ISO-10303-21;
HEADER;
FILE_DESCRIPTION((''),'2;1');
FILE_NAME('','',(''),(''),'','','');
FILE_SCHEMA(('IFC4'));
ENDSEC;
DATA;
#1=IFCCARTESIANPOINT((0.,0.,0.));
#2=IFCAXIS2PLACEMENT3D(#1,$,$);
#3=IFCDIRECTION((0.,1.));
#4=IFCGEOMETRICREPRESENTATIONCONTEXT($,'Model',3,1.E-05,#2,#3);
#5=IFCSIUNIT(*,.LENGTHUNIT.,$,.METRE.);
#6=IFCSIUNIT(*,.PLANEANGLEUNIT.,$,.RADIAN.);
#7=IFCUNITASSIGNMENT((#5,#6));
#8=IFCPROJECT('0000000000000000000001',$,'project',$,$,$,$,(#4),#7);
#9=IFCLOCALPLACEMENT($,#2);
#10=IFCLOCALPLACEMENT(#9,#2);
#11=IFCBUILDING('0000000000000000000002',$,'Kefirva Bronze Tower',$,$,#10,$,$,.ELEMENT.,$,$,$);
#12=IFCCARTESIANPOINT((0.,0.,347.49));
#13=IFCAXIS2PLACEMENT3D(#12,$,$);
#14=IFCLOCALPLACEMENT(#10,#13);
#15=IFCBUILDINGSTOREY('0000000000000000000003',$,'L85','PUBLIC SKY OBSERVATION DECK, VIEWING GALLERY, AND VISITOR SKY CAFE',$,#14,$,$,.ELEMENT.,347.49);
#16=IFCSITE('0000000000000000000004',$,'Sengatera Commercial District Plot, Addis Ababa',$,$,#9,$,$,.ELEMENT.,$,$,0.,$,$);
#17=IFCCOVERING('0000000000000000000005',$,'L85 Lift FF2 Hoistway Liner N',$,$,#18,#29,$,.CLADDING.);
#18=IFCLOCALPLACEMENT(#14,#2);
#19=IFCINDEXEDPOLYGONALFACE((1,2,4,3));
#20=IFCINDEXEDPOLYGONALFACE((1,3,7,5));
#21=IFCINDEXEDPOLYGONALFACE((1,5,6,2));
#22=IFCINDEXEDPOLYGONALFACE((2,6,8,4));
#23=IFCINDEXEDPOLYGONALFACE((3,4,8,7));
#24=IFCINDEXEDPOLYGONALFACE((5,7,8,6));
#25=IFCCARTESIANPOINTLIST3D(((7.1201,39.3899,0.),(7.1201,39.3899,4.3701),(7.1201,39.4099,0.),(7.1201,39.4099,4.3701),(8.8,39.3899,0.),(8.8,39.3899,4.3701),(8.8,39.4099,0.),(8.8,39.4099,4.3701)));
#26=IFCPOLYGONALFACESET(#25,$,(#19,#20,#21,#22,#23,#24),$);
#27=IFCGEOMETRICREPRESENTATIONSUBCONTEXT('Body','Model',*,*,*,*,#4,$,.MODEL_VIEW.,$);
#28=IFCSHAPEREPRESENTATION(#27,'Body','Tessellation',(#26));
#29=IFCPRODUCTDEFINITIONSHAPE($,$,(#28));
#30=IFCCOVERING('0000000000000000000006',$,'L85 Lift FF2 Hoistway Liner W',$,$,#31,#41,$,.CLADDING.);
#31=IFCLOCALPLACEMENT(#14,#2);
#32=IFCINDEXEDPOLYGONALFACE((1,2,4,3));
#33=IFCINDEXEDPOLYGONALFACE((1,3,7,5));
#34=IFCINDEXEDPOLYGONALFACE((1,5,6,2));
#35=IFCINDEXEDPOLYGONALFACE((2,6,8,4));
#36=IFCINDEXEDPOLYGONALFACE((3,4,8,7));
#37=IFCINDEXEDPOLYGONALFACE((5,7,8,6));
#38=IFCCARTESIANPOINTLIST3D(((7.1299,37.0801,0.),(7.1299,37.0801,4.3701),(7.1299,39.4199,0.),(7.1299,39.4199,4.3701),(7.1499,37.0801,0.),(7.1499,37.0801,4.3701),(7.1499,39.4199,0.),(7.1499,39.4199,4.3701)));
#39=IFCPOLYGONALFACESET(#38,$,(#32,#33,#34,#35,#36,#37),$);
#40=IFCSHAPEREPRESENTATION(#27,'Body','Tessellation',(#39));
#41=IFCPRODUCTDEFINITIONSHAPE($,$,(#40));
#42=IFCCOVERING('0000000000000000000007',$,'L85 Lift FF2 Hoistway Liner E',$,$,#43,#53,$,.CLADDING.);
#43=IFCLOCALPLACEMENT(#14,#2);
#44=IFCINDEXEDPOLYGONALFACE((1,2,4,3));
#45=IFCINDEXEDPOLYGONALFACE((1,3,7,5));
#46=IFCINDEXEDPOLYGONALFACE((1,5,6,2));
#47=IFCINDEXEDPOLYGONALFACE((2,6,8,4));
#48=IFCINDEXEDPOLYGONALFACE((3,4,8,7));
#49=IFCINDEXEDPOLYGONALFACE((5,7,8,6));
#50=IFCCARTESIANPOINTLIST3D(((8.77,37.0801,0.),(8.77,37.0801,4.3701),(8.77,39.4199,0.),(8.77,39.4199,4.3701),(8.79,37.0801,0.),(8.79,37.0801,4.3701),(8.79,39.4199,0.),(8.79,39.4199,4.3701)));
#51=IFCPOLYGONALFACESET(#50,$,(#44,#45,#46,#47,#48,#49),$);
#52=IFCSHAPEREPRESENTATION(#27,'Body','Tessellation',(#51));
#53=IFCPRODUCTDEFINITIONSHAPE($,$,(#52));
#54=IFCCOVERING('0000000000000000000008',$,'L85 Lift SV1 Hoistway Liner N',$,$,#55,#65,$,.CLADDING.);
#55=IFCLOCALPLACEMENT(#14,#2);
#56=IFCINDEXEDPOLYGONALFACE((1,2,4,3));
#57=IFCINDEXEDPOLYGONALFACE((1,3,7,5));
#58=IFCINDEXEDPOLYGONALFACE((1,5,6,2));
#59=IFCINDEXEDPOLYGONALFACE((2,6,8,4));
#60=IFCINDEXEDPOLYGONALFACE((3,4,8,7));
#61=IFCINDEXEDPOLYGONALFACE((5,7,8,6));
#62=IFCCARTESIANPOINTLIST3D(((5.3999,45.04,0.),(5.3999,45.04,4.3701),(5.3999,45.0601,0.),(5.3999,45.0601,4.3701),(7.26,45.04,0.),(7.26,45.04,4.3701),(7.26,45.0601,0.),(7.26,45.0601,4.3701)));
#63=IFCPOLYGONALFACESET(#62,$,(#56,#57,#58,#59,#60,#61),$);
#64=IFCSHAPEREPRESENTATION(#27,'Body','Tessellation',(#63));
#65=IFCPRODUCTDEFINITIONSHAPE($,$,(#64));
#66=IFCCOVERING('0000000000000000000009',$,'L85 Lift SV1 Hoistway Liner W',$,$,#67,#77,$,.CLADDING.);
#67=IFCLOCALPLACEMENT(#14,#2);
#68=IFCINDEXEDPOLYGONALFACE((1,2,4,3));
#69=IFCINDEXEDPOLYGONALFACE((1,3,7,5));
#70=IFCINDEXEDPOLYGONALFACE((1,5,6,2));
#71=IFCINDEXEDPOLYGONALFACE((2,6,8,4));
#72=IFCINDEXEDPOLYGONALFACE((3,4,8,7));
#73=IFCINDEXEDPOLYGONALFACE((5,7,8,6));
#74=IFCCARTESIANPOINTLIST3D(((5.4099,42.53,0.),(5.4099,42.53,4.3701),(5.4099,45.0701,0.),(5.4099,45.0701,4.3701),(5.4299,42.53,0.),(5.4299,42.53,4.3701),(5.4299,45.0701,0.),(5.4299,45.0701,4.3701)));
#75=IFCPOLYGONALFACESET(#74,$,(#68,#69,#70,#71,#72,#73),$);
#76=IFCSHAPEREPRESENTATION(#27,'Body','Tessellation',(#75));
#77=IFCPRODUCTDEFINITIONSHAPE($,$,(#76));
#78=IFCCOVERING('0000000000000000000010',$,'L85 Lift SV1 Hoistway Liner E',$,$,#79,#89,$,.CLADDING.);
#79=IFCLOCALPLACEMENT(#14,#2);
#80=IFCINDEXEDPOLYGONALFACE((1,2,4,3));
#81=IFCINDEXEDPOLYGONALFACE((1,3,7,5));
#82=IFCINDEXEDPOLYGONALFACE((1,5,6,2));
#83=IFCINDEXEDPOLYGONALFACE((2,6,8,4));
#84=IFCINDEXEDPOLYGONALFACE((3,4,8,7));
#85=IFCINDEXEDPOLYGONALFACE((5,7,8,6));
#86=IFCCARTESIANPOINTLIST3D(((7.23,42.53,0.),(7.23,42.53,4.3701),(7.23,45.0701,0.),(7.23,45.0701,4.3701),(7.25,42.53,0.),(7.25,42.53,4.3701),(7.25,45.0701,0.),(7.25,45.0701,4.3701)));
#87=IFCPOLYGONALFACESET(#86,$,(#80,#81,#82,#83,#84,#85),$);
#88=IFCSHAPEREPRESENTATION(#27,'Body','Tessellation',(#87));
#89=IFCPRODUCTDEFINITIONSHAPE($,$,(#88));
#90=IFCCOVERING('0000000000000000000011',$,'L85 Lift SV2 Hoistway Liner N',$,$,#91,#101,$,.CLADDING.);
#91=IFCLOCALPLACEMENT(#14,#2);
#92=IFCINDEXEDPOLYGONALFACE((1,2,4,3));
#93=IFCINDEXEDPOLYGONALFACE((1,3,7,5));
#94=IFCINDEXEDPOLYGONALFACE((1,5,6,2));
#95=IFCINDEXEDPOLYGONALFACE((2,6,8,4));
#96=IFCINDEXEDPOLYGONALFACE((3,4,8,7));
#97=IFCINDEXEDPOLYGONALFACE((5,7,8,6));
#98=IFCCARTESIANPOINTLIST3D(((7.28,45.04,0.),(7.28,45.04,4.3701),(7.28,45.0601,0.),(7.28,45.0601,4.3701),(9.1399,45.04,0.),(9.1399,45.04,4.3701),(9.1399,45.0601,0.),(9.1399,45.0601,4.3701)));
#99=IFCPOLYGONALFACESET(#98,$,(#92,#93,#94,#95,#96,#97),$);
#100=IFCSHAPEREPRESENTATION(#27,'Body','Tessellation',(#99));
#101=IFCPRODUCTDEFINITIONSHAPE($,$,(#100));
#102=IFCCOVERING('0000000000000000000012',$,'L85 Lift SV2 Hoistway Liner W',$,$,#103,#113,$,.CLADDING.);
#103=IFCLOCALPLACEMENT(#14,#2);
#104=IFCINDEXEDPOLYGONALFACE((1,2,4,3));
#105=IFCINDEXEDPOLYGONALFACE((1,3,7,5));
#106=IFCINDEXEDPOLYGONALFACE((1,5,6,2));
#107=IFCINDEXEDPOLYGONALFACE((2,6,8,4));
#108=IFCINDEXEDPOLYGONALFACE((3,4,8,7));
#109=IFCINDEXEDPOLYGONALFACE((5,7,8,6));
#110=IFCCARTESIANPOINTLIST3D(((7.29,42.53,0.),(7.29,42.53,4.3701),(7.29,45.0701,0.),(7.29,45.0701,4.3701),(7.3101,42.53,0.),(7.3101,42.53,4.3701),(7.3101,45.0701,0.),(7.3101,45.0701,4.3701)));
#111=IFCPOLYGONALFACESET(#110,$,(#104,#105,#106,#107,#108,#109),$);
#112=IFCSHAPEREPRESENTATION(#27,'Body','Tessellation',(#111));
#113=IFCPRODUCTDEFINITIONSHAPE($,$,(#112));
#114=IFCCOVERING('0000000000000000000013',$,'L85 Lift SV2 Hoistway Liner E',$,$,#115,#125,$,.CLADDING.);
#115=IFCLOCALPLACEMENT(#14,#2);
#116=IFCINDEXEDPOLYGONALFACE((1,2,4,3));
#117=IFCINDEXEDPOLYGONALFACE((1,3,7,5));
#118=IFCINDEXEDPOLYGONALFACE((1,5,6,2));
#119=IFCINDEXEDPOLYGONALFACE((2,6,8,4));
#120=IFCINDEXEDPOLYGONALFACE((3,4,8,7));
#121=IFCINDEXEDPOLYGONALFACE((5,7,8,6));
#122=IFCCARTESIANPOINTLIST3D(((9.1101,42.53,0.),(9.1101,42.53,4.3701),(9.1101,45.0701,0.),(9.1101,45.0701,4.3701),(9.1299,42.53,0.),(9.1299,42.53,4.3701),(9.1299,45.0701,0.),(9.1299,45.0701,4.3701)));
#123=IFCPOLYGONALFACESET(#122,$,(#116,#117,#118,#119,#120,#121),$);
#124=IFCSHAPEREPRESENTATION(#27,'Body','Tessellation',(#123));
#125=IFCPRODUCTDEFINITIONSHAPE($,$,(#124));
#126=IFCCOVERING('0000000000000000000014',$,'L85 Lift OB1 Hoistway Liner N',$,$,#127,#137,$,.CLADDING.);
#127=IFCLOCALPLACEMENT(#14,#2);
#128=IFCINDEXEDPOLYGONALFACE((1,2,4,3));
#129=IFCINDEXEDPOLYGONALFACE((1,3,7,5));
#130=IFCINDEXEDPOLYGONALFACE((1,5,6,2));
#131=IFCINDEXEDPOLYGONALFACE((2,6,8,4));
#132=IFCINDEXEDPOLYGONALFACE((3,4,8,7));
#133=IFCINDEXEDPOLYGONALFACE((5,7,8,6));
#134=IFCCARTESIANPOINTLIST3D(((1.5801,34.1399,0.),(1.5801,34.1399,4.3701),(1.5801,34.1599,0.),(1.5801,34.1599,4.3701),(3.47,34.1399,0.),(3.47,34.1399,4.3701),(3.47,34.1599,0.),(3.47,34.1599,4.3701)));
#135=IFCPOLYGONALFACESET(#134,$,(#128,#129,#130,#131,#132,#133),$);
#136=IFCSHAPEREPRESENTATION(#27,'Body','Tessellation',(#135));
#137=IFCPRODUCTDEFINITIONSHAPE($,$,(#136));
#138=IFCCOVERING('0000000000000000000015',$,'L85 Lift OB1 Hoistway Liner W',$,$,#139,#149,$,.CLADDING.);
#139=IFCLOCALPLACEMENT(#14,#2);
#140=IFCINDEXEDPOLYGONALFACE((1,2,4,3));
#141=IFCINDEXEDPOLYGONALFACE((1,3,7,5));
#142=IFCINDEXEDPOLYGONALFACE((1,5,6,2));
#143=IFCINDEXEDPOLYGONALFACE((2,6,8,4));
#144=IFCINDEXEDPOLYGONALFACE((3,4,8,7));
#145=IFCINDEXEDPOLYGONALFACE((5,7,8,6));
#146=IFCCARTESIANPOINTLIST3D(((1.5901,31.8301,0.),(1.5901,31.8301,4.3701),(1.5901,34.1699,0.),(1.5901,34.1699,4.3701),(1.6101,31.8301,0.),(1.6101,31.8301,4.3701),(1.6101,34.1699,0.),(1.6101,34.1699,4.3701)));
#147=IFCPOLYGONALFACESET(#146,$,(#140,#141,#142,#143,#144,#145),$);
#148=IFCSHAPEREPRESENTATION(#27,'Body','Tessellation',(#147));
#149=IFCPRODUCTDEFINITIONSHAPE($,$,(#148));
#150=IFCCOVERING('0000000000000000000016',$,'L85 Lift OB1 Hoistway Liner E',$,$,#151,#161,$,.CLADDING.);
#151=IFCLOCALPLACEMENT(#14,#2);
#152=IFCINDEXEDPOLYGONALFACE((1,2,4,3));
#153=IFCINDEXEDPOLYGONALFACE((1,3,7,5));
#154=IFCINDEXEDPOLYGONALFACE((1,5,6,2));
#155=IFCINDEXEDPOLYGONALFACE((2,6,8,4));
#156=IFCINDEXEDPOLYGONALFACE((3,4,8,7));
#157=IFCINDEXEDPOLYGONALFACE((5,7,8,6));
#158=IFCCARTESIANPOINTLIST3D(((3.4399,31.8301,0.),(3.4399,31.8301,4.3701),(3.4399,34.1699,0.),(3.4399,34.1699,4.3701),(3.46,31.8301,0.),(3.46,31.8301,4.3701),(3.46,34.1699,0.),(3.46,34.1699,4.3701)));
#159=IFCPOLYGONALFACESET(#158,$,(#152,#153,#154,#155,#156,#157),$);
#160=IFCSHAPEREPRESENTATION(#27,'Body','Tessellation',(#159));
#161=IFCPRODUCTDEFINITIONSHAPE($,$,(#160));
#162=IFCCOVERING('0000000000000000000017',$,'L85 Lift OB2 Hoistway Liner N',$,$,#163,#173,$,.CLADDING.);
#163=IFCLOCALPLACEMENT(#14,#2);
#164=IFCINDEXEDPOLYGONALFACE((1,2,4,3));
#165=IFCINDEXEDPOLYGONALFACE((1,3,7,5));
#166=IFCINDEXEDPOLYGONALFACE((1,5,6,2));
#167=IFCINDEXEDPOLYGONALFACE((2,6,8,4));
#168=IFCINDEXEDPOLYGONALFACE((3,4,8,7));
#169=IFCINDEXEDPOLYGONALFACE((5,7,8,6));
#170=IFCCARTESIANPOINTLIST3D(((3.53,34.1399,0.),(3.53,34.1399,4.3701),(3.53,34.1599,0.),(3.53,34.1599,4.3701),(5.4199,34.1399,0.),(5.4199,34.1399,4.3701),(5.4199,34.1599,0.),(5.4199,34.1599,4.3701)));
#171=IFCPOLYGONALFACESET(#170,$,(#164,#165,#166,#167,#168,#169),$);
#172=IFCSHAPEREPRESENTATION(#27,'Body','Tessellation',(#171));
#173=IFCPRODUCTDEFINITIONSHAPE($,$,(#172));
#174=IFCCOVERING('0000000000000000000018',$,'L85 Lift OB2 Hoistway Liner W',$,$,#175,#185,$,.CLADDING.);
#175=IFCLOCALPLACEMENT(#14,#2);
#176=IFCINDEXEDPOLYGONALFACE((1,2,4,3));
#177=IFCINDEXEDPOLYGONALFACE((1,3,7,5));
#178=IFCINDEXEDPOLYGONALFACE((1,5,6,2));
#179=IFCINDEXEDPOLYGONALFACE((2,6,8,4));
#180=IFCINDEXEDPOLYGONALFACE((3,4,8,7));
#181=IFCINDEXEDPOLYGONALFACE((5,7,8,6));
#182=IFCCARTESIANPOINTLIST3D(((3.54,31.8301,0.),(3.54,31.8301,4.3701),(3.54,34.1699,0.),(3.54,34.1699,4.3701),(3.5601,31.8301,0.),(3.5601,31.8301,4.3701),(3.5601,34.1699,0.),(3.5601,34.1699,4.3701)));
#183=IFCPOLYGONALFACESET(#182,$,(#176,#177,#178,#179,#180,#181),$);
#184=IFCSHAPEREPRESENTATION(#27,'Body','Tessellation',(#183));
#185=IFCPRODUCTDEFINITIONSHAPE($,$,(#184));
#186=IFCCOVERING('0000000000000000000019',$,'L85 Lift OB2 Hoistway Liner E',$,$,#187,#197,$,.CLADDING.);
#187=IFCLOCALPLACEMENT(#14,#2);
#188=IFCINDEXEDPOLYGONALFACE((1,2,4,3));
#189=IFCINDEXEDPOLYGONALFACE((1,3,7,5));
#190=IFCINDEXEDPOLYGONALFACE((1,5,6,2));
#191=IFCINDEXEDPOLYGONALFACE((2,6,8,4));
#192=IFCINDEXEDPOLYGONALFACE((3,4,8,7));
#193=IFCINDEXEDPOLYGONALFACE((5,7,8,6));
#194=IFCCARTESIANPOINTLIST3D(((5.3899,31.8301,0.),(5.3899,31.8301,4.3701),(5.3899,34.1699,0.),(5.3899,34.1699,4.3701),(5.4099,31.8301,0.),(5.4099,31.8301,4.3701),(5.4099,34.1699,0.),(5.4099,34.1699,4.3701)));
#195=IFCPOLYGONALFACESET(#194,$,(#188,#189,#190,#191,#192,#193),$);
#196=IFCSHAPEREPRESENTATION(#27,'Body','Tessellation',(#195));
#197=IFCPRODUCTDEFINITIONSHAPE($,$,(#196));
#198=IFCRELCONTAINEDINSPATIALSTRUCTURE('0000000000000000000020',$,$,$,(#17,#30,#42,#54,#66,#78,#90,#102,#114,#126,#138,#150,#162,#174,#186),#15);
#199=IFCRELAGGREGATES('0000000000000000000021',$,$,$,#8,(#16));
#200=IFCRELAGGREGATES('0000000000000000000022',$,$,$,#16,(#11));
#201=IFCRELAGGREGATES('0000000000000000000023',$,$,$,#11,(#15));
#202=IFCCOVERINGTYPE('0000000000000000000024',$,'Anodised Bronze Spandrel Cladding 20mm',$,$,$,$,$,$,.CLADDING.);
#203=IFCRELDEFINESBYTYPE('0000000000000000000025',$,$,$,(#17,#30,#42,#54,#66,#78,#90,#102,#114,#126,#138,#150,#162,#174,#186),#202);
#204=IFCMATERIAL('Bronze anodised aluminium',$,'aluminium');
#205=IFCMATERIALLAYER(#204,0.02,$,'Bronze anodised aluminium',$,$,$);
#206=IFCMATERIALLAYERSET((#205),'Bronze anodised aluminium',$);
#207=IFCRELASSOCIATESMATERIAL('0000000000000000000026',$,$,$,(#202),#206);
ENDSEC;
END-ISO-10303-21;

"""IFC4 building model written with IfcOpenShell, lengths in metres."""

from ifc_helpers import new_model, si_unit, direction, frame, origin, place, context, subcontext, project, spatial, polyline, outline, extrude, material, layer, layer_set, type_object, element, save


model = new_model("IFC4")

# Units and contexts
model_context = context("Model", 3, precision=1e-05, world=origin(), true_north=direction((0.0, 1.0)))
body_context = subcontext(model_context, "Body", "Model", "MODEL_VIEW")
ifc_project = project(units=[si_unit("LENGTHUNIT", "METRE"), si_unit("PLANEANGLEUNIT", "RADIAN")], contexts=[model_context])

# Site, building, storey
site_placement = place(None, origin())
site = spatial("IfcSite", under=ifc_project, at=site_placement, Name="Sengatera Commercial District Plot, Addis Ababa", CompositionType="ELEMENT", RefElevation=0.0)
building_placement = place(site_placement, origin())
building = spatial("IfcBuilding", under=site, at=building_placement, Name="Kefirva Bronze Tower", CompositionType="ELEMENT")
storey_placement = place(building_placement, frame((0.0, 0.0, 347.49)))
storey = spatial("IfcBuildingStorey", under=building, at=storey_placement, Name="L85", Description="PUBLIC SKY OBSERVATION DECK, VIEWING GALLERY, AND VISITOR SKY CAFE", CompositionType="ELEMENT", Elevation=347.49)

# Coverings
ifc_material_1 = material(Name="Bronze anodised aluminium", Category="aluminium")
ifc_layer_1 = layer(ifc_material_1, 0.02, Name="Bronze anodised aluminium")
ifc_layer_set_1 = layer_set([ifc_layer_1], Name="Bronze anodised aluminium")
covering_type_1 = type_object("IfcCoveringType", Name="Anodised Bronze Spandrel Cladding 20mm", PredefinedType="CLADDING", material=ifc_layer_set_1)
covering_1_placement = place(storey_placement, origin())
element("IfcCovering", 1, at=covering_1_placement, inside=storey, type_object=covering_type_1, Name="L85 Lift FF2 Hoistway Liner N", PredefinedType="CLADDING", context=body_context, shape_type="SweptSolid", body=[
    extrude(outline(polyline([(7.1201, 39.3899), (8.8, 39.3899), (8.8, 39.4099), (7.1201, 39.4099), (7.1201, 39.3899)])), origin(), (0.0, 0.0, 1.0), 4.3701),
])
covering_2_placement = place(storey_placement, origin())
element("IfcCovering", 2, at=covering_2_placement, inside=storey, type_object=covering_type_1, Name="L85 Lift FF2 Hoistway Liner W", PredefinedType="CLADDING", context=body_context, shape_type="SweptSolid", body=[
    extrude(outline(polyline([(7.1299, 37.0801), (7.1499, 37.0801), (7.1499, 39.4199), (7.1299, 39.4199), (7.1299, 37.0801)])), origin(), (0.0, 0.0, 1.0), 4.3701),
])
covering_3_placement = place(storey_placement, origin())
element("IfcCovering", 3, at=covering_3_placement, inside=storey, type_object=covering_type_1, Name="L85 Lift FF2 Hoistway Liner E", PredefinedType="CLADDING", context=body_context, shape_type="SweptSolid", body=[
    extrude(outline(polyline([(8.77, 37.0801), (8.79, 37.0801), (8.79, 39.4199), (8.77, 39.4199), (8.77, 37.0801)])), origin(), (0.0, 0.0, 1.0), 4.3701),
])
covering_4_placement = place(storey_placement, origin())
element("IfcCovering", 4, at=covering_4_placement, inside=storey, type_object=covering_type_1, Name="L85 Lift SV1 Hoistway Liner N", PredefinedType="CLADDING", context=body_context, shape_type="SweptSolid", body=[
    extrude(outline(polyline([(5.3999, 45.04), (7.26, 45.04), (7.26, 45.0601), (5.3999, 45.0601), (5.3999, 45.04)])), origin(), (0.0, 0.0, 1.0), 4.3701),
])
covering_5_placement = place(storey_placement, origin())
element("IfcCovering", 5, at=covering_5_placement, inside=storey, type_object=covering_type_1, Name="L85 Lift SV1 Hoistway Liner W", PredefinedType="CLADDING", context=body_context, shape_type="SweptSolid", body=[
    extrude(outline(polyline([(5.4099, 42.53), (5.4299, 42.53), (5.4299, 45.0701), (5.4099, 45.0701), (5.4099, 42.53)])), origin(), (0.0, 0.0, 1.0), 4.3701),
])
covering_6_placement = place(storey_placement, origin())
element("IfcCovering", 6, at=covering_6_placement, inside=storey, type_object=covering_type_1, Name="L85 Lift SV1 Hoistway Liner E", PredefinedType="CLADDING", context=body_context, shape_type="SweptSolid", body=[
    extrude(outline(polyline([(7.23, 42.53), (7.25, 42.53), (7.25, 45.0701), (7.23, 45.0701), (7.23, 42.53)])), origin(), (0.0, 0.0, 1.0), 4.3701),
])
covering_7_placement = place(storey_placement, origin())
element("IfcCovering", 7, at=covering_7_placement, inside=storey, type_object=covering_type_1, Name="L85 Lift SV2 Hoistway Liner N", PredefinedType="CLADDING", context=body_context, shape_type="SweptSolid", body=[
    extrude(outline(polyline([(7.28, 45.04), (9.1399, 45.04), (9.1399, 45.0601), (7.28, 45.0601), (7.28, 45.04)])), origin(), (0.0, 0.0, 1.0), 4.3701),
])
covering_8_placement = place(storey_placement, origin())
element("IfcCovering", 8, at=covering_8_placement, inside=storey, type_object=covering_type_1, Name="L85 Lift SV2 Hoistway Liner W", PredefinedType="CLADDING", context=body_context, shape_type="SweptSolid", body=[
    extrude(outline(polyline([(7.29, 42.53), (7.3101, 42.53), (7.3101, 45.0701), (7.29, 45.0701), (7.29, 42.53)])), origin(), (0.0, 0.0, 1.0), 4.3701),
])
covering_9_placement = place(storey_placement, origin())
element("IfcCovering", 9, at=covering_9_placement, inside=storey, type_object=covering_type_1, Name="L85 Lift SV2 Hoistway Liner E", PredefinedType="CLADDING", context=body_context, shape_type="SweptSolid", body=[
    extrude(outline(polyline([(9.1101, 42.53), (9.1299, 42.53), (9.1299, 45.0701), (9.1101, 45.0701), (9.1101, 42.53)])), origin(), (0.0, 0.0, 1.0), 4.3701),
])
covering_10_placement = place(storey_placement, origin())
element("IfcCovering", 10, at=covering_10_placement, inside=storey, type_object=covering_type_1, Name="L85 Lift OB1 Hoistway Liner N", PredefinedType="CLADDING", context=body_context, shape_type="SweptSolid", body=[
    extrude(outline(polyline([(1.5801, 34.1399), (3.47, 34.1399), (3.47, 34.1599), (1.5801, 34.1599), (1.5801, 34.1399)])), origin(), (0.0, 0.0, 1.0), 4.3701),
])
covering_11_placement = place(storey_placement, origin())
element("IfcCovering", 11, at=covering_11_placement, inside=storey, type_object=covering_type_1, Name="L85 Lift OB1 Hoistway Liner W", PredefinedType="CLADDING", context=body_context, shape_type="SweptSolid", body=[
    extrude(outline(polyline([(1.5901, 31.8301), (1.6101, 31.8301), (1.6101, 34.1699), (1.5901, 34.1699), (1.5901, 31.8301)])), origin(), (0.0, 0.0, 1.0), 4.3701),
])
covering_12_placement = place(storey_placement, origin())
element("IfcCovering", 12, at=covering_12_placement, inside=storey, type_object=covering_type_1, Name="L85 Lift OB1 Hoistway Liner E", PredefinedType="CLADDING", context=body_context, shape_type="SweptSolid", body=[
    extrude(outline(polyline([(3.4399, 31.8301), (3.46, 31.8301), (3.46, 34.1699), (3.4399, 34.1699), (3.4399, 31.8301)])), origin(), (0.0, 0.0, 1.0), 4.3701),
])
covering_13_placement = place(storey_placement, origin())
element("IfcCovering", 13, at=covering_13_placement, inside=storey, type_object=covering_type_1, Name="L85 Lift OB2 Hoistway Liner N", PredefinedType="CLADDING", context=body_context, shape_type="SweptSolid", body=[
    extrude(outline(polyline([(3.53, 34.1399), (5.4199, 34.1399), (5.4199, 34.1599), (3.53, 34.1599), (3.53, 34.1399)])), origin(), (0.0, 0.0, 1.0), 4.3701),
])
covering_14_placement = place(storey_placement, origin())
element("IfcCovering", 14, at=covering_14_placement, inside=storey, type_object=covering_type_1, Name="L85 Lift OB2 Hoistway Liner W", PredefinedType="CLADDING", context=body_context, shape_type="SweptSolid", body=[
    extrude(outline(polyline([(3.54, 31.8301), (3.5601, 31.8301), (3.5601, 34.1699), (3.54, 34.1699), (3.54, 31.8301)])), origin(), (0.0, 0.0, 1.0), 4.3701),
])
covering_15_placement = place(storey_placement, origin())
element("IfcCovering", 15, at=covering_15_placement, inside=storey, type_object=covering_type_1, Name="L85 Lift OB2 Hoistway Liner E", PredefinedType="CLADDING", context=body_context, shape_type="SweptSolid", body=[
    extrude(outline(polyline([(5.3899, 31.8301), (5.4099, 31.8301), (5.4099, 34.1699), (5.3899, 34.1699), (5.3899, 31.8301)])), origin(), (0.0, 0.0, 1.0), 4.3701),
])

save(model, "model.ifc")
